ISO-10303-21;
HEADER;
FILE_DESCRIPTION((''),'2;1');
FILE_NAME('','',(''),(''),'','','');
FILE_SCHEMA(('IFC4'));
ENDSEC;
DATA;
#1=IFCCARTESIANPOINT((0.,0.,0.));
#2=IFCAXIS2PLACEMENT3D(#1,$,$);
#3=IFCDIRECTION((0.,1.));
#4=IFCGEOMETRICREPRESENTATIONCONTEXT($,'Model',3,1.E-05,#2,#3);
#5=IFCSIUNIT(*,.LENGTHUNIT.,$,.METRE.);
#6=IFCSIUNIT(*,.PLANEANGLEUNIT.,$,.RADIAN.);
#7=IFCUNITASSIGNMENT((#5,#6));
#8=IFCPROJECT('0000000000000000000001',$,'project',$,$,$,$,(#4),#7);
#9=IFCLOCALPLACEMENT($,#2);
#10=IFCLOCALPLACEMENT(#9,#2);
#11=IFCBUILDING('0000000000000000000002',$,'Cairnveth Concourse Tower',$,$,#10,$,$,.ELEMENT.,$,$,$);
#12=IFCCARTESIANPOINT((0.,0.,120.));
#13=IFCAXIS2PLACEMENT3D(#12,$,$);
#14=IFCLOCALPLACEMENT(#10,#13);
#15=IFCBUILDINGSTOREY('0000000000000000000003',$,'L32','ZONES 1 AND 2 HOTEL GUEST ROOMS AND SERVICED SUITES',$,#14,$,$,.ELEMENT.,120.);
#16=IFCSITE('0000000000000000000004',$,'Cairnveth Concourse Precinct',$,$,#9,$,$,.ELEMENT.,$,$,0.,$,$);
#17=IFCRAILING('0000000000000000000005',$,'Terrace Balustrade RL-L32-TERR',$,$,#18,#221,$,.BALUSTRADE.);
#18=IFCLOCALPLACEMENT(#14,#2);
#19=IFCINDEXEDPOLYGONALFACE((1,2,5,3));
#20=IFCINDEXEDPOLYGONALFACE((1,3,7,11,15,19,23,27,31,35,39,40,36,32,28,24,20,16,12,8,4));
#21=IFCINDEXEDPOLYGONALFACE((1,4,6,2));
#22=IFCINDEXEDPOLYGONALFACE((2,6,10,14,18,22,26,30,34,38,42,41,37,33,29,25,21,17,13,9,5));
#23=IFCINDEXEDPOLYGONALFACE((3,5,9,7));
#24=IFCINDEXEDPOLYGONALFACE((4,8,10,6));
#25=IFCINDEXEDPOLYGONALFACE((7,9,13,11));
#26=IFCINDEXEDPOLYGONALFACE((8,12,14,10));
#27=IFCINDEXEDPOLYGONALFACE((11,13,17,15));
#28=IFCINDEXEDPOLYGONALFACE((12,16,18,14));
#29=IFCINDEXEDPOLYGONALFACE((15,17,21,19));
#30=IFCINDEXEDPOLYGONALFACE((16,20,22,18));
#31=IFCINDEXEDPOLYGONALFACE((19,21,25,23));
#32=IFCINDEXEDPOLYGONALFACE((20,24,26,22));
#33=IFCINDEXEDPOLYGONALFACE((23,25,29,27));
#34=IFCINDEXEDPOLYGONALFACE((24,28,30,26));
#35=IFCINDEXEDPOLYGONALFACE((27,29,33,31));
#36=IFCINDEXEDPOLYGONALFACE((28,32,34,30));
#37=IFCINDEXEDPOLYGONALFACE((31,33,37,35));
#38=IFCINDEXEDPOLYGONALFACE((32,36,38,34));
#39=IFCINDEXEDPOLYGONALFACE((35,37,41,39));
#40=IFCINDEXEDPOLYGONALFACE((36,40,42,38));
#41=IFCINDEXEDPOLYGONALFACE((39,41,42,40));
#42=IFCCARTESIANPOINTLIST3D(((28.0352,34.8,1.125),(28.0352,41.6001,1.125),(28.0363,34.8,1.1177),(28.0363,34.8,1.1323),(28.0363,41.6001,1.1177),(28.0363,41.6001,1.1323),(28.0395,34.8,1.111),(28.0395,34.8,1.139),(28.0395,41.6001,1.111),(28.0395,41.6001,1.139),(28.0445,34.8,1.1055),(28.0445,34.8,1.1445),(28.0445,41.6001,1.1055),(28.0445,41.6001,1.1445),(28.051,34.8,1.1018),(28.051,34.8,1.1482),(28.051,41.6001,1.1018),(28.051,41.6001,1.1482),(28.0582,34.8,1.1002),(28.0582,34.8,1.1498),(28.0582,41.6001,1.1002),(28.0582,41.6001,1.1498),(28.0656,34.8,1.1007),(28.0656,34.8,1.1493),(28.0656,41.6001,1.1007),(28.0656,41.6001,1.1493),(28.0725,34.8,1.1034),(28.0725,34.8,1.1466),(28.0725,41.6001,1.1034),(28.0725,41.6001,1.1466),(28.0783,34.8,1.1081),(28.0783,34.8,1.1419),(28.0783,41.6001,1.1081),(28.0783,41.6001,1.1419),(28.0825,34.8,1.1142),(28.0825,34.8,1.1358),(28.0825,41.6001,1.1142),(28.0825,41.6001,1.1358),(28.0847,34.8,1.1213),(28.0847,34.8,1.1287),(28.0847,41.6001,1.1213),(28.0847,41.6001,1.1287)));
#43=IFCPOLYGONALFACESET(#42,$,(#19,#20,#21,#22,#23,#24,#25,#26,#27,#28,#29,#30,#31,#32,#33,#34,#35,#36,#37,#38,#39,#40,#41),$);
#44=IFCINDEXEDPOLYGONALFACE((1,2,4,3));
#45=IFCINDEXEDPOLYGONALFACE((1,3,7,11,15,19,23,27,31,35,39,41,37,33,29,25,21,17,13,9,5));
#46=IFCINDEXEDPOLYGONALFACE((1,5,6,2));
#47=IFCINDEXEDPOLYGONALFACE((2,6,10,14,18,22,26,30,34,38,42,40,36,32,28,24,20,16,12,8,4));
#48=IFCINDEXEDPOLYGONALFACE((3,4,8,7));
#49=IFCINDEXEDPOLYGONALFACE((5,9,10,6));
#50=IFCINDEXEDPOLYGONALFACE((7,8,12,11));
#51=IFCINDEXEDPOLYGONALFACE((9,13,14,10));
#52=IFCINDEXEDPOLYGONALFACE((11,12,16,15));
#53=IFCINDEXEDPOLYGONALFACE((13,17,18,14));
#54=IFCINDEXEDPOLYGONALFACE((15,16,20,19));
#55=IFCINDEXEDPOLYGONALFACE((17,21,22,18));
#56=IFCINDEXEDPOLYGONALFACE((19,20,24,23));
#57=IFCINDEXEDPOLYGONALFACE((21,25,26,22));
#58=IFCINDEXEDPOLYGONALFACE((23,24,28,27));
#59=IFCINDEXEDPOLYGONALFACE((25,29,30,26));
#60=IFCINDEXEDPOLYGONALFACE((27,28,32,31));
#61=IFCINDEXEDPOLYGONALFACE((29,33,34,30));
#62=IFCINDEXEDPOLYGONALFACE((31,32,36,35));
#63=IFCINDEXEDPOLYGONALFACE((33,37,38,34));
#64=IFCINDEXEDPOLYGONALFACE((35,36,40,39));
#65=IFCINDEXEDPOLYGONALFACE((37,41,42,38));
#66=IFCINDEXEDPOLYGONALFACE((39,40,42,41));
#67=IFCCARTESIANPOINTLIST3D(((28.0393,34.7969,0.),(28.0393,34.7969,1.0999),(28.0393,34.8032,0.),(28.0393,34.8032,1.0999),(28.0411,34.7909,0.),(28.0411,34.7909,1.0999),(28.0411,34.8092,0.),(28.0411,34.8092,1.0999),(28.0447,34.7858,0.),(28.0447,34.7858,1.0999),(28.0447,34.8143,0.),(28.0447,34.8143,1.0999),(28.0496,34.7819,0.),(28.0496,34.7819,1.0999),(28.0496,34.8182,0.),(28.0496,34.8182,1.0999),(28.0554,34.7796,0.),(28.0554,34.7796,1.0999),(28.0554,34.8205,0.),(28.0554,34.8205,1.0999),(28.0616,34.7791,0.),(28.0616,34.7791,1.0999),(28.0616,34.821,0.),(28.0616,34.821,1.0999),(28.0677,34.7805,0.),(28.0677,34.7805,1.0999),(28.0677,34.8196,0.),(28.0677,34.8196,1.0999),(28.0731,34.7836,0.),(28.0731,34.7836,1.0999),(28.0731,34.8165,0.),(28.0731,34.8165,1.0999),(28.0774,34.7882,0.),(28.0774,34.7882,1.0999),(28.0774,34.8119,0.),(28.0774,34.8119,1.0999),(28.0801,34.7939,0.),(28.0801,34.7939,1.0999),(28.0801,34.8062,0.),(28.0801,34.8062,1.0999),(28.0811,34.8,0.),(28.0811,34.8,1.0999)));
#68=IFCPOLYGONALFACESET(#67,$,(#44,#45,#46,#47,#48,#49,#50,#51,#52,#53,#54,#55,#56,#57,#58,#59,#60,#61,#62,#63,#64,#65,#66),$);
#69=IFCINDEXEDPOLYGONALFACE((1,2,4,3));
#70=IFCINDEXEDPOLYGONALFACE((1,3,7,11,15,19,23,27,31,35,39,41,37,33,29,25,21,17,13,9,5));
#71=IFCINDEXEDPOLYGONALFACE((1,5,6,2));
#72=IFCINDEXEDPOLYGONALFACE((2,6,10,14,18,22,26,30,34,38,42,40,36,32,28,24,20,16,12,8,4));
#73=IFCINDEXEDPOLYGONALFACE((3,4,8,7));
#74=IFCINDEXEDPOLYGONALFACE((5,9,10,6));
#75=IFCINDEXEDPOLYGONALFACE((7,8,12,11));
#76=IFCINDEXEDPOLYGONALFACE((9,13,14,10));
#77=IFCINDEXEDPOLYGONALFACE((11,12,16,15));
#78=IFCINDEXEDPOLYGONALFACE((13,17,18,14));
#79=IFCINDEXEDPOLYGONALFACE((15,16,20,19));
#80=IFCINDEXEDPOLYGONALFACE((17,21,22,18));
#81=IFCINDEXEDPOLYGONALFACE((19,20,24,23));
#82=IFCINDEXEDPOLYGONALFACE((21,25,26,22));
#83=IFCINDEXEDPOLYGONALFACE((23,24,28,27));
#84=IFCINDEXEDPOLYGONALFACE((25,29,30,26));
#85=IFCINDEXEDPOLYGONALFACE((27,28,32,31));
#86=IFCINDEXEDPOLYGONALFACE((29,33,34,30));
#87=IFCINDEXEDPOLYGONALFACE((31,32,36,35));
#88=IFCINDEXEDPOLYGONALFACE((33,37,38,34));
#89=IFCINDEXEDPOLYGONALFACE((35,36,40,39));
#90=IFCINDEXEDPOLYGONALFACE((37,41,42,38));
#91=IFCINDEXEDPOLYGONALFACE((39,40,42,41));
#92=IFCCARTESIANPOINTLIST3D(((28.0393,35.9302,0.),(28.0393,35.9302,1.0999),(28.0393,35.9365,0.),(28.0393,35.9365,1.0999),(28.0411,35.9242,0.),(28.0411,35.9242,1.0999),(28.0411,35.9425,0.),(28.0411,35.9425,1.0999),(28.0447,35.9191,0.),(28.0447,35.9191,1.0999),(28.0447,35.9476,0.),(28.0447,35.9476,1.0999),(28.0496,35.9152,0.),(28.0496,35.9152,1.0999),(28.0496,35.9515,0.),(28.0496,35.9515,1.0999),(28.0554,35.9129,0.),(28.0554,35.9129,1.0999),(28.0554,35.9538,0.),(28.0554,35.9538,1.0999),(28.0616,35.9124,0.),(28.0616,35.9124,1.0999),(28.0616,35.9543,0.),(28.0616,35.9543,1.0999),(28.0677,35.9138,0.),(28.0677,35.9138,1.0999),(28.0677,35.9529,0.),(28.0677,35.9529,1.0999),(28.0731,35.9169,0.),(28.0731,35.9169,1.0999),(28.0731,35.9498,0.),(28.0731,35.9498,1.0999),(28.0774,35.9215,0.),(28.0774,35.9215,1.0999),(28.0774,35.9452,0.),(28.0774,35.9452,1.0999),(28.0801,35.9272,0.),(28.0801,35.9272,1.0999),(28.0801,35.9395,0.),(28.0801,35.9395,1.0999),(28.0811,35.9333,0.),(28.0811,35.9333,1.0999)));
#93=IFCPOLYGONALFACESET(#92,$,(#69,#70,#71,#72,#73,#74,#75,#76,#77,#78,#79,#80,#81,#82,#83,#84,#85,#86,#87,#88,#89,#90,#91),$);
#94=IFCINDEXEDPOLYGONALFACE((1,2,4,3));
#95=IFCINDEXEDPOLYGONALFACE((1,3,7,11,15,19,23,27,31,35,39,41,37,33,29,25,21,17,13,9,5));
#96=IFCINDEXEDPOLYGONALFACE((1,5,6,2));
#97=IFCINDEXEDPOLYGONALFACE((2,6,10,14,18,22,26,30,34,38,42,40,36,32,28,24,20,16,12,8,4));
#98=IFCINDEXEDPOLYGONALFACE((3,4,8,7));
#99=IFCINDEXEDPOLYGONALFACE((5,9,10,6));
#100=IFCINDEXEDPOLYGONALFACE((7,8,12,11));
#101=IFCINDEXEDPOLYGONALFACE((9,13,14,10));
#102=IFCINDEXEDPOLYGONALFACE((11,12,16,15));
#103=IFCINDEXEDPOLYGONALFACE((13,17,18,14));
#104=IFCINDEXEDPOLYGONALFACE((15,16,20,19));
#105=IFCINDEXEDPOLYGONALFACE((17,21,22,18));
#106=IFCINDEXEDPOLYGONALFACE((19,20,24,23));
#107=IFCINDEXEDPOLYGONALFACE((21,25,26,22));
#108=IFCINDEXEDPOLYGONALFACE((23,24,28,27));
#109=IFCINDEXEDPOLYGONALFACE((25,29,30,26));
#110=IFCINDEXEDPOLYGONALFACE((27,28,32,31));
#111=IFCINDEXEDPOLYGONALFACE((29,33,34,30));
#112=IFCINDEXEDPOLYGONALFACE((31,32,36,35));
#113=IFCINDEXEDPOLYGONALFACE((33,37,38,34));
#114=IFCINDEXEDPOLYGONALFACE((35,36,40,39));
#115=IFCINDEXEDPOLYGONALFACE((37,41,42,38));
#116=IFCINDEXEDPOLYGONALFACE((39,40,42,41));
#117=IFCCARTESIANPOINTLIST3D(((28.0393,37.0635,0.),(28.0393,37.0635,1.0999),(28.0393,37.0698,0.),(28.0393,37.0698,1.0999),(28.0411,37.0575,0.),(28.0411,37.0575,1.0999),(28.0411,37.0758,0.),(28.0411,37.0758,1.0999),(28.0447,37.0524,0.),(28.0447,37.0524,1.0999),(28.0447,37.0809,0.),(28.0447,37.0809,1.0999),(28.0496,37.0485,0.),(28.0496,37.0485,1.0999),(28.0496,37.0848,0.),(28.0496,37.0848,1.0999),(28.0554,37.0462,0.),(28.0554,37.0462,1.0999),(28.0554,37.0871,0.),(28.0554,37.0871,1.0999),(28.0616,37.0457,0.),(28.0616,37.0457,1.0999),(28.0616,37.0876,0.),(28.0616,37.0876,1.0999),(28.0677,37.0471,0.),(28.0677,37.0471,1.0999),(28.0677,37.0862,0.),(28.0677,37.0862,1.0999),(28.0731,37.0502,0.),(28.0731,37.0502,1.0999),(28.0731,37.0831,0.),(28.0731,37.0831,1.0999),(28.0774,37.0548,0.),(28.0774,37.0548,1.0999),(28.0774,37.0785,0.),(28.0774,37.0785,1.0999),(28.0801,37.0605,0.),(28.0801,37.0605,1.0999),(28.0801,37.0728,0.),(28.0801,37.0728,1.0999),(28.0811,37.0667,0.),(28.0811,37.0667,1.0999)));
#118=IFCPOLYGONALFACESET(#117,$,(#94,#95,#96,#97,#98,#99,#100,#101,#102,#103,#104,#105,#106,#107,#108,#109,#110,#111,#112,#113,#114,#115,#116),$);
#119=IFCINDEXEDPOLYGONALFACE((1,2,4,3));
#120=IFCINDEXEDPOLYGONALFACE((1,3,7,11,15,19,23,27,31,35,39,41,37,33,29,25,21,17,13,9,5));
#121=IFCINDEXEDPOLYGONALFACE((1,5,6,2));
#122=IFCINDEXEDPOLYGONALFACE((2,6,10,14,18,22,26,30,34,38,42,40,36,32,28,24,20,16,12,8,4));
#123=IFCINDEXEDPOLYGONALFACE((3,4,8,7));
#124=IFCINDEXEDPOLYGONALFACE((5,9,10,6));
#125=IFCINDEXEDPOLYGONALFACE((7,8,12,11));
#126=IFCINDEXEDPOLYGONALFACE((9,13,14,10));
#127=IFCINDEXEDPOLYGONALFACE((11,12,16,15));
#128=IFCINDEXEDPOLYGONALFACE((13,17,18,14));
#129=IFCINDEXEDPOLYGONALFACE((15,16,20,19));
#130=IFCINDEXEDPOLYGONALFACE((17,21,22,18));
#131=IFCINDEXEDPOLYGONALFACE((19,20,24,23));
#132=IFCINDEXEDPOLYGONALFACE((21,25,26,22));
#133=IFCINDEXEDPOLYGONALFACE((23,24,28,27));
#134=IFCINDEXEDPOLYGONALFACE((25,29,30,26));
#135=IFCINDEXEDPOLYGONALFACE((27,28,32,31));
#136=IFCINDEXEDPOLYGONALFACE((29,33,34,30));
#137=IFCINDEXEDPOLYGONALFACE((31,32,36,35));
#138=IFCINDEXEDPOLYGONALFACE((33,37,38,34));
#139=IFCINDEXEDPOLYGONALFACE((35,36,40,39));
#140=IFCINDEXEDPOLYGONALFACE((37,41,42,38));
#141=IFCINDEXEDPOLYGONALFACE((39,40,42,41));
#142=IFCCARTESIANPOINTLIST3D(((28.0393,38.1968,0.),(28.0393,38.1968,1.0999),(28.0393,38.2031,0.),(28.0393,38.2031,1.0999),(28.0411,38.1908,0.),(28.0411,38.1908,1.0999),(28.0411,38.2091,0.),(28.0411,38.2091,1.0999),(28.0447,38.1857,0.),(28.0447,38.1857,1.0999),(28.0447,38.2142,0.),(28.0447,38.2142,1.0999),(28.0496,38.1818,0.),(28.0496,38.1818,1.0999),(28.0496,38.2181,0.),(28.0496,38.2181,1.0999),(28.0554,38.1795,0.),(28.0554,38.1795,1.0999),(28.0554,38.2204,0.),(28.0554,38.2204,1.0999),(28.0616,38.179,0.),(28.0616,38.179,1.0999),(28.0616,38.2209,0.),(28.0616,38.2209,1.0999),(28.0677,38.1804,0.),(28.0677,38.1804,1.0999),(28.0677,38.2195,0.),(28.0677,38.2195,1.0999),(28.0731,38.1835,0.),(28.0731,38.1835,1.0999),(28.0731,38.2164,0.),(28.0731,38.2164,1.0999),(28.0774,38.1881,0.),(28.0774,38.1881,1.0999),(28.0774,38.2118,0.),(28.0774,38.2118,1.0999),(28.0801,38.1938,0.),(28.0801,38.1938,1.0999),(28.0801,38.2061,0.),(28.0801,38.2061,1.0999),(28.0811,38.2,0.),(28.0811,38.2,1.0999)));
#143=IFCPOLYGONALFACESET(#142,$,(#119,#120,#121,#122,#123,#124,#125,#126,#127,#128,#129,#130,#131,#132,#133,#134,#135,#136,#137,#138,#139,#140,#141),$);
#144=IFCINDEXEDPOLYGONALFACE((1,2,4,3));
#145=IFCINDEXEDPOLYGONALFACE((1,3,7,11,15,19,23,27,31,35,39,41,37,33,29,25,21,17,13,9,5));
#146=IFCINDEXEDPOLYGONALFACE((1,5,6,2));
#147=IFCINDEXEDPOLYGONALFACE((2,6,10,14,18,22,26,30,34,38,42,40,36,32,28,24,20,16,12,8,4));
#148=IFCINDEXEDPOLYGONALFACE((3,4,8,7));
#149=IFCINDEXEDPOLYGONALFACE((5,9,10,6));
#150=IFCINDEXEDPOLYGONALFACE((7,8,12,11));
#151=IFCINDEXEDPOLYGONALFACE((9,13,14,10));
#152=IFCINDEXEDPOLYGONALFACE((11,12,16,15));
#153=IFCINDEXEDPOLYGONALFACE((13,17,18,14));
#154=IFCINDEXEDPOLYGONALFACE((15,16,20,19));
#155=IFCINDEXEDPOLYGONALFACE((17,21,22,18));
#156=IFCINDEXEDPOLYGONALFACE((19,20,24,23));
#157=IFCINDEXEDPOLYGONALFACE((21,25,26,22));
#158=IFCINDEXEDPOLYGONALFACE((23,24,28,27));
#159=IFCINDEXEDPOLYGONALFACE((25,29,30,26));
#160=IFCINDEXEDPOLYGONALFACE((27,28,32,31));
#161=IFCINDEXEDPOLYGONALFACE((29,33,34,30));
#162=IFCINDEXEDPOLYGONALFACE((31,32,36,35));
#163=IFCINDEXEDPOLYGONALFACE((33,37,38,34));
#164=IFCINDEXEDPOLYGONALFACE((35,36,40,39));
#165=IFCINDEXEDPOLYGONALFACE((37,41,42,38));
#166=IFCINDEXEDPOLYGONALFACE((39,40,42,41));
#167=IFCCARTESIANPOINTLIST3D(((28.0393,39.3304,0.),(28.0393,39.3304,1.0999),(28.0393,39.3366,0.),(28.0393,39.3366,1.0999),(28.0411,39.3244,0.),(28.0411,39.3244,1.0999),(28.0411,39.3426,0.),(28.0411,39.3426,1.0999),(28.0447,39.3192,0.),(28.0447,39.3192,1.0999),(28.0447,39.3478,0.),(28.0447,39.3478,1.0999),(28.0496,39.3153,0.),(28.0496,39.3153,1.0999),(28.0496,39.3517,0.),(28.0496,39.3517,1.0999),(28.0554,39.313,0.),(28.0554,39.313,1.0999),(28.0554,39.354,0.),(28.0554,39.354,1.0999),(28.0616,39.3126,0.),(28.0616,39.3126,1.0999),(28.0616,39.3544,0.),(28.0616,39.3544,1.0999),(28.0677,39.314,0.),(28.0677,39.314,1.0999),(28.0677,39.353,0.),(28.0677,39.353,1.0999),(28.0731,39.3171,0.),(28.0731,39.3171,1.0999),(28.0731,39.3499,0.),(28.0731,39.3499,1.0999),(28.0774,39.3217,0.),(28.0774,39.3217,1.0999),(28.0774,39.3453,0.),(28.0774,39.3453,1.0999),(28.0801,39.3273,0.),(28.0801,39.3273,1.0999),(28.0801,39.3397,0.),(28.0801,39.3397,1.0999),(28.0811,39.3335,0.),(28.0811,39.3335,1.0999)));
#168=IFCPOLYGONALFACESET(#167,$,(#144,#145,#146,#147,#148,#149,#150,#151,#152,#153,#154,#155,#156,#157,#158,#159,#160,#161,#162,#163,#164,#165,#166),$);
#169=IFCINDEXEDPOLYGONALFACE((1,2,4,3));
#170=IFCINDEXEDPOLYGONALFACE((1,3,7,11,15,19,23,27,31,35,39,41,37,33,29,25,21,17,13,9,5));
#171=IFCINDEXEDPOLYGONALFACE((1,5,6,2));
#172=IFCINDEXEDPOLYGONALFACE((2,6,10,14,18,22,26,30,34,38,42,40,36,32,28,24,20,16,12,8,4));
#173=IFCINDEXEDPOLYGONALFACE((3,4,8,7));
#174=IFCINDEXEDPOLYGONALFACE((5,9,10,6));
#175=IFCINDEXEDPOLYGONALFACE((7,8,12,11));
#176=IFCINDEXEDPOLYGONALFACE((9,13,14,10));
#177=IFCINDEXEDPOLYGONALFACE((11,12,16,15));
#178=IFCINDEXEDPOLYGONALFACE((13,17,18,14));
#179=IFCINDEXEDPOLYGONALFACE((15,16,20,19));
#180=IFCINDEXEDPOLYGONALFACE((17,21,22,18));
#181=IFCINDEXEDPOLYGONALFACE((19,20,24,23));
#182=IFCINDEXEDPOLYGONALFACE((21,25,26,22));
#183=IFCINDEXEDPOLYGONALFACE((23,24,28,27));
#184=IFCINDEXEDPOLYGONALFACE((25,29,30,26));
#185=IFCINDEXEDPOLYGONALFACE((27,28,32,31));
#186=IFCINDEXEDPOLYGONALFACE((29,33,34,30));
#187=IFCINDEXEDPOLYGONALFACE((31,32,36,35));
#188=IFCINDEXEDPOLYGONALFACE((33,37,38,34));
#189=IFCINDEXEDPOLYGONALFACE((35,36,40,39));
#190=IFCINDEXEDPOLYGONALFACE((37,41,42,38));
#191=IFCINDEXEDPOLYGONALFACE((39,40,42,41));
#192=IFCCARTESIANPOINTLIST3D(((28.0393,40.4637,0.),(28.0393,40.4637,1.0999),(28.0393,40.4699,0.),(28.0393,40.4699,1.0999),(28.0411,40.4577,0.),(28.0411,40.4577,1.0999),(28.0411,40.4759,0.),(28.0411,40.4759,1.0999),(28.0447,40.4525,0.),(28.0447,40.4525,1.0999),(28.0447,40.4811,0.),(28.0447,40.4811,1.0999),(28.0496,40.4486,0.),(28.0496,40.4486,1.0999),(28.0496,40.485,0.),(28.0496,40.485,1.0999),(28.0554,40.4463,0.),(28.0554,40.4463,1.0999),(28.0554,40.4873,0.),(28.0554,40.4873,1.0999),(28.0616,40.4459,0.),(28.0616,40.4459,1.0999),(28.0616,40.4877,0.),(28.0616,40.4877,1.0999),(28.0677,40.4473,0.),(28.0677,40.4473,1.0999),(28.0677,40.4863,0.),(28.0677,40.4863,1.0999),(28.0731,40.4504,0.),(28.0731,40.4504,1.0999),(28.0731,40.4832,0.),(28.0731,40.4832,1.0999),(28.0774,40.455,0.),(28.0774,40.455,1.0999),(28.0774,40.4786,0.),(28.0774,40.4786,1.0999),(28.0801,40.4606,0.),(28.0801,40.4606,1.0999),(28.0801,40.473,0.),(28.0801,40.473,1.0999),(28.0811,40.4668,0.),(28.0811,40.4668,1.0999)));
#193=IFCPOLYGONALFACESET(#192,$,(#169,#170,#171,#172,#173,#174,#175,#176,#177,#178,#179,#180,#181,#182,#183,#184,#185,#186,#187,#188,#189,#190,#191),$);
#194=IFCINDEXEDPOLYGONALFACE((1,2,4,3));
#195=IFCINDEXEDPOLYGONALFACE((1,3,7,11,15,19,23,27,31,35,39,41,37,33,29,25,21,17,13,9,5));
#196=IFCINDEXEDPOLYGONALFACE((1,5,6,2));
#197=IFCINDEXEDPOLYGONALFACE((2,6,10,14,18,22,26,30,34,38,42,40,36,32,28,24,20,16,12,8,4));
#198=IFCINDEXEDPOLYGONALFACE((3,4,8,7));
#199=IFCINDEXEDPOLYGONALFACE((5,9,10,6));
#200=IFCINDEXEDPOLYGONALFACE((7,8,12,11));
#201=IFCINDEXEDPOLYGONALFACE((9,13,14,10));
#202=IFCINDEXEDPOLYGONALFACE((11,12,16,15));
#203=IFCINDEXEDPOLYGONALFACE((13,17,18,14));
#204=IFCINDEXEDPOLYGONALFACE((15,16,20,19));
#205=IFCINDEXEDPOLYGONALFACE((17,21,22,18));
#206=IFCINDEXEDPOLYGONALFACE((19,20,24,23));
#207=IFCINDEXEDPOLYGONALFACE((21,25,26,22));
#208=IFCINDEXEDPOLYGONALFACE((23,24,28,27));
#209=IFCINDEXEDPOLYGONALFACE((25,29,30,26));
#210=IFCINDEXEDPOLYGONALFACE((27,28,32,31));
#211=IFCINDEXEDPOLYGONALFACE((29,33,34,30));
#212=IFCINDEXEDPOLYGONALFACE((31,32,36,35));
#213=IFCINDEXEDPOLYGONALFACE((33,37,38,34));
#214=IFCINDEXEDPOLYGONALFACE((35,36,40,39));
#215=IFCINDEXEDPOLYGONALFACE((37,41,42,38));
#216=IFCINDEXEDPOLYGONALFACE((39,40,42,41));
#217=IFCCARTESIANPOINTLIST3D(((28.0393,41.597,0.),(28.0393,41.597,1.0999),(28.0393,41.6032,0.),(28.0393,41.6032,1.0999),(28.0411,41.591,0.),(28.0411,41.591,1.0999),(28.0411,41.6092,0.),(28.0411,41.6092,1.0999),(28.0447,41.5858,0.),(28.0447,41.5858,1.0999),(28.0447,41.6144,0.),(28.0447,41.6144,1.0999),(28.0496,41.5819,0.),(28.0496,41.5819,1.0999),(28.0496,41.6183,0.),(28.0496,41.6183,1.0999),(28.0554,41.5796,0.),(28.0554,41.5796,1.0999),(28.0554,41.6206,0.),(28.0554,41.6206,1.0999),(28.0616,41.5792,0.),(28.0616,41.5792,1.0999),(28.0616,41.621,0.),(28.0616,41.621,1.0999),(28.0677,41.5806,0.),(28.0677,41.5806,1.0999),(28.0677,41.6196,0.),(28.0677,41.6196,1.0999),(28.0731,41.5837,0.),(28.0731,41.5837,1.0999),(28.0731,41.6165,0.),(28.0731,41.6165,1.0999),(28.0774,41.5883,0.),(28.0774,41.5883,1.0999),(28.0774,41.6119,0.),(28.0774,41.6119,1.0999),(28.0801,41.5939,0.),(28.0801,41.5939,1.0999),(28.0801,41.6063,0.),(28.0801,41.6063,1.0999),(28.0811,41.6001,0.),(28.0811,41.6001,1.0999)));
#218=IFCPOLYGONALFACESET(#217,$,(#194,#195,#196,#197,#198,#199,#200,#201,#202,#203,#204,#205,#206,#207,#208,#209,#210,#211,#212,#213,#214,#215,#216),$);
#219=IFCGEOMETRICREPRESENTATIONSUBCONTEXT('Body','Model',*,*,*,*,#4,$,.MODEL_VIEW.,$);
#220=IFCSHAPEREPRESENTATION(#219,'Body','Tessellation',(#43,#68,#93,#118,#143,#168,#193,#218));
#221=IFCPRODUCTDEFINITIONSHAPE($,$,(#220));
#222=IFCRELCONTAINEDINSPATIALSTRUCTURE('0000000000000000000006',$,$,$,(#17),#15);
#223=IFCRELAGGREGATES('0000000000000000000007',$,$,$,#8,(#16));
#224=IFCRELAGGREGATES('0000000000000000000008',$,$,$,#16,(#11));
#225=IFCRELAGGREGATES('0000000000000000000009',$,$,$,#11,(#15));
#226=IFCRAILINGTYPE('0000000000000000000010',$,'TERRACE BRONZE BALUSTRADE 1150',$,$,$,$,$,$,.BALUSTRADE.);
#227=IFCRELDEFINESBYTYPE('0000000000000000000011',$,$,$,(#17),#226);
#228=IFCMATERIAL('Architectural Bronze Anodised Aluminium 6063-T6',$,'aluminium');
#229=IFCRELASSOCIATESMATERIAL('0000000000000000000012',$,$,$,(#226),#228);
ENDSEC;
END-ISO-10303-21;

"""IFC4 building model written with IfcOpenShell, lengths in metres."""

from ifc_helpers import new_model, si_unit, direction, frame, origin, origin_2d, place, context, subcontext, project, spatial, circle, extrude, material, type_object, element, save


model = new_model("IFC4")

# Units and contexts
model_context = context("Model", 3, precision=1e-05, world=origin(), true_north=direction((0.0, 1.0)))
body_context = subcontext(model_context, "Body", "Model", "MODEL_VIEW")
ifc_project = project(units=[si_unit("LENGTHUNIT", "METRE"), si_unit("PLANEANGLEUNIT", "RADIAN")], contexts=[model_context])

# Site, building, storey
site_placement = place(None, origin())
site = spatial("IfcSite", under=ifc_project, at=site_placement, Name="Cairnveth Concourse Precinct", CompositionType="ELEMENT", RefElevation=0.0)
building_placement = place(site_placement, origin())
building = spatial("IfcBuilding", under=site, at=building_placement, Name="Cairnveth Concourse Tower", CompositionType="ELEMENT")
storey_placement = place(building_placement, frame((0.0, 0.0, 120.0)))
storey = spatial("IfcBuildingStorey", under=building, at=storey_placement, Name="L32", Description="ZONES 1 AND 2 HOTEL GUEST ROOMS AND SERVICED SUITES", CompositionType="ELEMENT", Elevation=120.0)

# Shared definitions
ifc_material_1 = material(Name="Architectural Bronze Anodised Aluminium 6063-T6", Category="aluminium")

# Railing
railing_type = type_object("IfcRailingType", Name="TERRACE BRONZE BALUSTRADE 1150", PredefinedType="BALUSTRADE", material=ifc_material_1)
railing_placement = place(storey_placement, frame((28.0601, 34.8, 0.0)))
element("IfcRailing", 1, at=railing_placement, inside=storey, type_object=railing_type, Name="Terrace Balustrade RL-L32-TERR", PredefinedType="BALUSTRADE", context=body_context, shape_type="SweptSolid", body=[
    extrude(circle(Radius=0.0249, at=origin_2d()), frame((0.0, 0.0, 1.125), z_axis=(0.0, 1.0, 0.0), x_axis=(-1.0, 0.0, 0.0)), (0.0, 0.0, 1.0), 6.8),
    extrude(circle(Radius=0.021, at=origin_2d()), origin(), (0.0, 0.0, 1.0), 1.0999),
    extrude(circle(Radius=0.021, at=origin_2d()), frame((0.0, 1.1333, 0.0)), (0.0, 0.0, 1.0), 1.0999),
    extrude(circle(Radius=0.021, at=origin_2d()), frame((0.0, 2.2666, 0.0)), (0.0, 0.0, 1.0), 1.0999),
    extrude(circle(Radius=0.021, at=origin_2d()), frame((0.0, 3.3999, 0.0)), (0.0, 0.0, 1.0), 1.0999),
    extrude(circle(Radius=0.021, at=origin_2d()), frame((0.0, 4.5334, 0.0)), (0.0, 0.0, 1.0), 1.0999),
    extrude(circle(Radius=0.021, at=origin_2d()), frame((0.0, 5.6667, 0.0)), (0.0, 0.0, 1.0), 1.0999),
    extrude(circle(Radius=0.021, at=origin_2d()), frame((0.0, 6.8, 0.0)), (0.0, 0.0, 1.0), 1.0999),
])

save(model, "model.ifc")
